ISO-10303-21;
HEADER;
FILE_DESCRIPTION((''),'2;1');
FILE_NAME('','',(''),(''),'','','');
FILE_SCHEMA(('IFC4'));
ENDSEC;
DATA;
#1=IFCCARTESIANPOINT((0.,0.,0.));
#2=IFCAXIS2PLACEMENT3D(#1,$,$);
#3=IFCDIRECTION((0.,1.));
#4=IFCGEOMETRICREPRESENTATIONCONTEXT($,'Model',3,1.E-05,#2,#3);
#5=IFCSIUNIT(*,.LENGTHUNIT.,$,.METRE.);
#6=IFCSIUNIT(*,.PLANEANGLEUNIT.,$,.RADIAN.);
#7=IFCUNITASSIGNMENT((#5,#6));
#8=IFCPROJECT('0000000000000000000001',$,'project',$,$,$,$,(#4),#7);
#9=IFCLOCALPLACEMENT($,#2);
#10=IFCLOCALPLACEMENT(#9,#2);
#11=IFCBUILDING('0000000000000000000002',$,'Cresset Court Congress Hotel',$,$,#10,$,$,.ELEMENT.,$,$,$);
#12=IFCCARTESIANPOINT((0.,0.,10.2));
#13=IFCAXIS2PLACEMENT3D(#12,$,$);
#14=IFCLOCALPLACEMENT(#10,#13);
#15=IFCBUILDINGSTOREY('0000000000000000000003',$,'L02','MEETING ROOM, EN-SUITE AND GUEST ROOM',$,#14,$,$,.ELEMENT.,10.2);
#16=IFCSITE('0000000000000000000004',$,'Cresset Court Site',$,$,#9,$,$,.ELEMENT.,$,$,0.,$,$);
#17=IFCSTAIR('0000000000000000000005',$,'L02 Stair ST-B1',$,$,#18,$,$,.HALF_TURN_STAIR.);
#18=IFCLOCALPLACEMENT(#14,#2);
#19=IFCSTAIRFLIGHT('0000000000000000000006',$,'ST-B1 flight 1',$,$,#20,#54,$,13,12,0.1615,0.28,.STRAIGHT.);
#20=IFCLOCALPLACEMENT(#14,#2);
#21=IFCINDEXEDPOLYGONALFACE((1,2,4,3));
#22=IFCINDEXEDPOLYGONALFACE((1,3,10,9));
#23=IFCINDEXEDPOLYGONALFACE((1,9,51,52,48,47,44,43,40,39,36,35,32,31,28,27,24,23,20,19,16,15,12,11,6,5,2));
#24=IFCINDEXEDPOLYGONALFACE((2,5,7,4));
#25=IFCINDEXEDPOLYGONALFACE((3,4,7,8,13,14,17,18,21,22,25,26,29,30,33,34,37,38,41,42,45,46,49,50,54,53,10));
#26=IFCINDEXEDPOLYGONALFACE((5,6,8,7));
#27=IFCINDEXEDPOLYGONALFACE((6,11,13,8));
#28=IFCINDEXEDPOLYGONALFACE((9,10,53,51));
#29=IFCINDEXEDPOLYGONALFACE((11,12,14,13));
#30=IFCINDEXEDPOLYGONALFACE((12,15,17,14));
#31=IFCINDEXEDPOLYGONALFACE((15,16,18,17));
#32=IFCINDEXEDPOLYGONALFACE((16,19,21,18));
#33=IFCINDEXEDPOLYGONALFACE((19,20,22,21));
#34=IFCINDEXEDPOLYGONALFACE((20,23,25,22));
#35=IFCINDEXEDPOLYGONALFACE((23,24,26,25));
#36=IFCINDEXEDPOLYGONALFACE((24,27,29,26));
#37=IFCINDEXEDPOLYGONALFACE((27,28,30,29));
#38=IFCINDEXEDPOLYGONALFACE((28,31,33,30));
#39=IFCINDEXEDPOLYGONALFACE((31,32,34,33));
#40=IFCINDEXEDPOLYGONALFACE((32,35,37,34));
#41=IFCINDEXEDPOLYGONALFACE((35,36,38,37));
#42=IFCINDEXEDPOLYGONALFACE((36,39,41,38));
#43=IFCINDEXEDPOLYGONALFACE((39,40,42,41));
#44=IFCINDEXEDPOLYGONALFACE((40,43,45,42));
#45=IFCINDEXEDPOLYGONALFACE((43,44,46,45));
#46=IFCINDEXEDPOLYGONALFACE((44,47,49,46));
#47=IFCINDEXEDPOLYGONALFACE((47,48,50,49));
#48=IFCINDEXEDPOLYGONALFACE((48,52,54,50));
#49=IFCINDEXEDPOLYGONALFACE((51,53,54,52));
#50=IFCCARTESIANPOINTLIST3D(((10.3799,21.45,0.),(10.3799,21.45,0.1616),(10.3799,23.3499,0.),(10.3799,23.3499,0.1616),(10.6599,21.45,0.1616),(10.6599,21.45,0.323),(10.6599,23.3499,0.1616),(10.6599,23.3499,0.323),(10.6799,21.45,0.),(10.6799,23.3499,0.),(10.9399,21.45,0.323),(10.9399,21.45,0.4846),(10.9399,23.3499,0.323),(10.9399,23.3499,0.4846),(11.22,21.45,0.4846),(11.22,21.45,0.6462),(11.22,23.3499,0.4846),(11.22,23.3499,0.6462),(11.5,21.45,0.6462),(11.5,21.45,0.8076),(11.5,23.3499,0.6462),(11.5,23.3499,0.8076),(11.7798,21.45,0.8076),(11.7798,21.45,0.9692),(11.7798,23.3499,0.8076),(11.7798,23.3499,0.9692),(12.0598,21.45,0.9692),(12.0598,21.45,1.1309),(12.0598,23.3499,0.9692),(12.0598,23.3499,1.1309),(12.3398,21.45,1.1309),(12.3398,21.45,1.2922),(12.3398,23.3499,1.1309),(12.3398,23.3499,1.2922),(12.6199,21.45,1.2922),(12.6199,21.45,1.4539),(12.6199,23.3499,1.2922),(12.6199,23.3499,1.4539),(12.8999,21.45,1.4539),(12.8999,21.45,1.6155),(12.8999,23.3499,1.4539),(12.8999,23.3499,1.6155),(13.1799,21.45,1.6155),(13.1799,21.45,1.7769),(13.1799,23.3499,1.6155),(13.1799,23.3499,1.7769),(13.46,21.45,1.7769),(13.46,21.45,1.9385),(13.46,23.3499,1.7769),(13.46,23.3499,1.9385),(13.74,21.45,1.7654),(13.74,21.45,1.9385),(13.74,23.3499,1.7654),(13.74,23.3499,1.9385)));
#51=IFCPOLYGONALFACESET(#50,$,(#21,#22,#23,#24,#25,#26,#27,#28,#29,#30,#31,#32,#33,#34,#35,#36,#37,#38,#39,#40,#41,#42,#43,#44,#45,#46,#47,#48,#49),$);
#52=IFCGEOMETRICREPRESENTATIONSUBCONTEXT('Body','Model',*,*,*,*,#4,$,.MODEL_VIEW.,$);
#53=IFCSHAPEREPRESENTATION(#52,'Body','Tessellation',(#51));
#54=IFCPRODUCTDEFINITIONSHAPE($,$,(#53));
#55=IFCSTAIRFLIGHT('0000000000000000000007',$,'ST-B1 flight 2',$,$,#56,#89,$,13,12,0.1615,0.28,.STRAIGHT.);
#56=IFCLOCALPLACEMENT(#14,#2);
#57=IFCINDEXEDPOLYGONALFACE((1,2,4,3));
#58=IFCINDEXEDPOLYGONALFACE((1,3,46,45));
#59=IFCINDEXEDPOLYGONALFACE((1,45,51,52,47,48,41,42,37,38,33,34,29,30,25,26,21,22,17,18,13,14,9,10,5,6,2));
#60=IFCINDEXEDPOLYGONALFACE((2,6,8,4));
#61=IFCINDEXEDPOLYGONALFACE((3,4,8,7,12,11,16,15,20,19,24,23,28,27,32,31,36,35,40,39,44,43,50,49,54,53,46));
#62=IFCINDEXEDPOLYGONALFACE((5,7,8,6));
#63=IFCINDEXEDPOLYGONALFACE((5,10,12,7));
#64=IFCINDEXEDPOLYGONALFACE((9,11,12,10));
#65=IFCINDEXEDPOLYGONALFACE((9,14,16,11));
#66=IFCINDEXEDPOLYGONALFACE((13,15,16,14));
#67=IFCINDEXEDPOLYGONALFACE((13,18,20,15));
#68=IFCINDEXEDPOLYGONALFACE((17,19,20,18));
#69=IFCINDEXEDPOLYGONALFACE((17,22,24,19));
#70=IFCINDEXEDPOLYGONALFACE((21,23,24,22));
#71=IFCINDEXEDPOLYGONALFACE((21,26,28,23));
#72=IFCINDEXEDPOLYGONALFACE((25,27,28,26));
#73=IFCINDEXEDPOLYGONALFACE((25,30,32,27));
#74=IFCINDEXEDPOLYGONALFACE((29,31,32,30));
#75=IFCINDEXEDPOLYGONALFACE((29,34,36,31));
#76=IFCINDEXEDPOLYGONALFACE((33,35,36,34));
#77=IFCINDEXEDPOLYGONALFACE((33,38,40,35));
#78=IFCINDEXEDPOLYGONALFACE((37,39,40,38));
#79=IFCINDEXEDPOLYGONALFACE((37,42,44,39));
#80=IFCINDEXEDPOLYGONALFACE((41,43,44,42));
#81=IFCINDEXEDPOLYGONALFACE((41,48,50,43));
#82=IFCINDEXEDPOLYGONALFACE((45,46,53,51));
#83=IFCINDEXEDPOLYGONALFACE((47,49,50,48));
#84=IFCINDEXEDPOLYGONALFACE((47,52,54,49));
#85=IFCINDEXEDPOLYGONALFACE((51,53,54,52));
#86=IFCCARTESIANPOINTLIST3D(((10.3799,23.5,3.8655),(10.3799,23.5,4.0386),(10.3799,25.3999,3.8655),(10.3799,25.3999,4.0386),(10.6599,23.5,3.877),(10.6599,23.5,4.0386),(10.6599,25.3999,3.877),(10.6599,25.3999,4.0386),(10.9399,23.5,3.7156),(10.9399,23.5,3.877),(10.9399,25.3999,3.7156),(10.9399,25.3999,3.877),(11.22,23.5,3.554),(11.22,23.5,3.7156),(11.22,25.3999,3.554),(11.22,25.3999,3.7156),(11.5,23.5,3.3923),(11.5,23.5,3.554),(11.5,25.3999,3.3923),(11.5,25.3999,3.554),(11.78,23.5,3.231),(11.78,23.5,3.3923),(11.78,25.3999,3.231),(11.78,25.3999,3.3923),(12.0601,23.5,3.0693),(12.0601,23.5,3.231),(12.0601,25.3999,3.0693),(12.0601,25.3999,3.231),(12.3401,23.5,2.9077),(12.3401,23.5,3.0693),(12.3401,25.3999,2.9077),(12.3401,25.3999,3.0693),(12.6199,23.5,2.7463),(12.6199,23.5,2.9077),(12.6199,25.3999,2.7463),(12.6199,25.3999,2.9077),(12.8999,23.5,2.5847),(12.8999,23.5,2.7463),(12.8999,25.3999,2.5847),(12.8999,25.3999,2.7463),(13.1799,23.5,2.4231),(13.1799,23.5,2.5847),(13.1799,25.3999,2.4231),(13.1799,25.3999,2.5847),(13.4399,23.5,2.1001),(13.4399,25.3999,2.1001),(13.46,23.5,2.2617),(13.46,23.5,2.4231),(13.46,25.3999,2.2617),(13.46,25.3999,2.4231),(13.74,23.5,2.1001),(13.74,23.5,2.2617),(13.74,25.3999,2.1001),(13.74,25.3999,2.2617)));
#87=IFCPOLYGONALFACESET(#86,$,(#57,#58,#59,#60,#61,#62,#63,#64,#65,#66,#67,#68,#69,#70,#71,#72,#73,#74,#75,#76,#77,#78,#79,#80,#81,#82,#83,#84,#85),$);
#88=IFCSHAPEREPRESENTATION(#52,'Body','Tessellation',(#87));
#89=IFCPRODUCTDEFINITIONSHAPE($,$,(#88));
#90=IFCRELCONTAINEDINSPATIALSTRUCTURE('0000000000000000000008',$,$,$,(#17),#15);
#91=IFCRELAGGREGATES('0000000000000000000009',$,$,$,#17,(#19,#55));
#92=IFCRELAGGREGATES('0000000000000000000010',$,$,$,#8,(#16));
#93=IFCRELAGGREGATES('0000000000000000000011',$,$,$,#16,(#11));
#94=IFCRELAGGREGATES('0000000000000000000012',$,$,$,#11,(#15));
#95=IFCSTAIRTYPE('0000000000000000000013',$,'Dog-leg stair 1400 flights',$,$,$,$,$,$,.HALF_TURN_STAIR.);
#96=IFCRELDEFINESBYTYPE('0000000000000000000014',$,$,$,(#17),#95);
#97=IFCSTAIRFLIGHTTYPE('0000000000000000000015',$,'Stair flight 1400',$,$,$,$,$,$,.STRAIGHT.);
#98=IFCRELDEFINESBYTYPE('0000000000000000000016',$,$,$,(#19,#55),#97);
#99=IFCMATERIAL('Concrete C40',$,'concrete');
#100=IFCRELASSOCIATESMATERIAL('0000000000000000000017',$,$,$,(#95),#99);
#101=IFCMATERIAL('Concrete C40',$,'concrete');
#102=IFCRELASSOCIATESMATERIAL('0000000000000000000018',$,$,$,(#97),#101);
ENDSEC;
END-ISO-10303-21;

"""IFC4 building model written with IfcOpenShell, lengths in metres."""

from ifc_helpers import new_model, si_unit, direction, frame, origin, place, context, subcontext, project, spatial, polyline, outline, extrude, material, type_object, element, aggregate, save


model = new_model("IFC4")

# Units and contexts
model_context = context("Model", 3, precision=1e-05, world=origin(), true_north=direction((0.0, 1.0)))
body_context = subcontext(model_context, "Body", "Model", "MODEL_VIEW")
ifc_project = project(units=[si_unit("LENGTHUNIT", "METRE"), si_unit("PLANEANGLEUNIT", "RADIAN")], contexts=[model_context])

# Site, building, storey
site_placement = place(None, origin())
site = spatial("IfcSite", under=ifc_project, at=site_placement, Name="Cresset Court Site", CompositionType="ELEMENT", RefElevation=0.0)
building_placement = place(site_placement, origin())
building = spatial("IfcBuilding", under=site, at=building_placement, Name="Cresset Court Congress Hotel", CompositionType="ELEMENT")
storey_placement = place(building_placement, frame((0.0, 0.0, 10.2)))
storey = spatial("IfcBuildingStorey", under=building, at=storey_placement, Name="L02", Description="MEETING ROOM, EN-SUITE AND GUEST ROOM", CompositionType="ELEMENT", Elevation=10.2)

# Stair, stair flights
ifc_material_1 = material(Name="Concrete C40", Category="concrete")
stair_type = type_object("IfcStairType", Name="Dog-leg stair 1400 flights", PredefinedType="HALF_TURN_STAIR", material=ifc_material_1)
stair_placement = place(storey_placement, origin())
stair = element("IfcStair", 1, at=stair_placement, inside=storey, type_object=stair_type, Name="L02 Stair ST-B1", PredefinedType="HALF_TURN_STAIR")
ifc_material_2 = material(Name="Concrete C40", Category="concrete")
stair_flight_type = type_object("IfcStairFlightType", Name="Stair flight 1400", PredefinedType="STRAIGHT", material=ifc_material_2)
stair_flight_1_placement = place(storey_placement, frame((10.3799, 22.3999, 0.0), z_axis=(0.0, 0.0, 1.0), x_axis=(1.0, 0.0, 0.0)))
stair_flight_1 = element("IfcStairFlight", 2, at=stair_flight_1_placement, type_object=stair_flight_type, Name="ST-B1 flight 1", NumberOfRisers=13, NumberOfTreads=12, PredefinedType="STRAIGHT", RiserHeight=0.1615, TreadLength=0.28, context=body_context, shape_type="SweptSolid", body=[
    extrude(outline(polyline([(0.0, 0.0), (0.0, 0.1616), (0.28, 0.1616), (0.28, 0.323), (0.5601, 0.323), (0.5601, 0.4846), (0.8401, 0.4846), (0.8401, 0.6462), (1.1201, 0.6462), (1.1201, 0.8076), (1.3999, 0.8076), (1.3999, 0.9692), (1.6799, 0.9692), (1.6799, 1.1309), (1.96, 1.1309), (1.96, 1.2922), (2.24, 1.2922), (2.24, 1.4539), (2.52, 1.4539), (2.52, 1.6155), (2.8, 1.6155), (2.8, 1.7769), (3.0801, 1.7769), (3.0801, 1.9385), (3.3601, 1.9385), (3.3601, 2.1001), (3.3601, 1.7654), (0.3, 0.0), (0.0, 0.0)])), frame((0.0, 0.95, 0.0), z_axis=(0.0, -1.0, 0.0), x_axis=(1.0, 0.0, 0.0)), (0.0, 0.0, 1.0), 1.8999),
])
stair_flight_2_placement = place(storey_placement, frame((13.74, 24.45, 2.1001), z_axis=(0.0, 0.0, 1.0), x_axis=(-1.0, 0.0, 0.0)))
stair_flight_2 = element("IfcStairFlight", 3, at=stair_flight_2_placement, type_object=stair_flight_type, Name="ST-B1 flight 2", NumberOfRisers=13, NumberOfTreads=12, PredefinedType="STRAIGHT", RiserHeight=0.1615, TreadLength=0.28, context=body_context, shape_type="SweptSolid", body=[
    extrude(outline(polyline([(0.0, 0.0), (0.0, 0.1616), (0.28, 0.1616), (0.28, 0.323), (0.5601, 0.323), (0.5601, 0.4846), (0.8401, 0.4846), (0.8401, 0.6462), (1.1201, 0.6462), (1.1201, 0.8076), (1.3999, 0.8076), (1.3999, 0.9692), (1.6799, 0.9692), (1.6799, 1.1309), (1.96, 1.1309), (1.96, 1.2922), (2.24, 1.2922), (2.24, 1.4539), (2.52, 1.4539), (2.52, 1.6155), (2.8, 1.6155), (2.8, 1.7769), (3.0801, 1.7769), (3.0801, 1.9385), (3.3601, 1.9385), (3.3601, 2.1001), (3.3601, 1.7654), (0.3, 0.0), (0.0, 0.0)])), frame((0.0, 0.95, 0.0), z_axis=(0.0, -1.0, 0.0), x_axis=(1.0, 0.0, 0.0)), (0.0, 0.0, 1.0), 1.8999),
])
aggregate(stair, [stair_flight_1, stair_flight_2])

save(model, "model.ifc")
